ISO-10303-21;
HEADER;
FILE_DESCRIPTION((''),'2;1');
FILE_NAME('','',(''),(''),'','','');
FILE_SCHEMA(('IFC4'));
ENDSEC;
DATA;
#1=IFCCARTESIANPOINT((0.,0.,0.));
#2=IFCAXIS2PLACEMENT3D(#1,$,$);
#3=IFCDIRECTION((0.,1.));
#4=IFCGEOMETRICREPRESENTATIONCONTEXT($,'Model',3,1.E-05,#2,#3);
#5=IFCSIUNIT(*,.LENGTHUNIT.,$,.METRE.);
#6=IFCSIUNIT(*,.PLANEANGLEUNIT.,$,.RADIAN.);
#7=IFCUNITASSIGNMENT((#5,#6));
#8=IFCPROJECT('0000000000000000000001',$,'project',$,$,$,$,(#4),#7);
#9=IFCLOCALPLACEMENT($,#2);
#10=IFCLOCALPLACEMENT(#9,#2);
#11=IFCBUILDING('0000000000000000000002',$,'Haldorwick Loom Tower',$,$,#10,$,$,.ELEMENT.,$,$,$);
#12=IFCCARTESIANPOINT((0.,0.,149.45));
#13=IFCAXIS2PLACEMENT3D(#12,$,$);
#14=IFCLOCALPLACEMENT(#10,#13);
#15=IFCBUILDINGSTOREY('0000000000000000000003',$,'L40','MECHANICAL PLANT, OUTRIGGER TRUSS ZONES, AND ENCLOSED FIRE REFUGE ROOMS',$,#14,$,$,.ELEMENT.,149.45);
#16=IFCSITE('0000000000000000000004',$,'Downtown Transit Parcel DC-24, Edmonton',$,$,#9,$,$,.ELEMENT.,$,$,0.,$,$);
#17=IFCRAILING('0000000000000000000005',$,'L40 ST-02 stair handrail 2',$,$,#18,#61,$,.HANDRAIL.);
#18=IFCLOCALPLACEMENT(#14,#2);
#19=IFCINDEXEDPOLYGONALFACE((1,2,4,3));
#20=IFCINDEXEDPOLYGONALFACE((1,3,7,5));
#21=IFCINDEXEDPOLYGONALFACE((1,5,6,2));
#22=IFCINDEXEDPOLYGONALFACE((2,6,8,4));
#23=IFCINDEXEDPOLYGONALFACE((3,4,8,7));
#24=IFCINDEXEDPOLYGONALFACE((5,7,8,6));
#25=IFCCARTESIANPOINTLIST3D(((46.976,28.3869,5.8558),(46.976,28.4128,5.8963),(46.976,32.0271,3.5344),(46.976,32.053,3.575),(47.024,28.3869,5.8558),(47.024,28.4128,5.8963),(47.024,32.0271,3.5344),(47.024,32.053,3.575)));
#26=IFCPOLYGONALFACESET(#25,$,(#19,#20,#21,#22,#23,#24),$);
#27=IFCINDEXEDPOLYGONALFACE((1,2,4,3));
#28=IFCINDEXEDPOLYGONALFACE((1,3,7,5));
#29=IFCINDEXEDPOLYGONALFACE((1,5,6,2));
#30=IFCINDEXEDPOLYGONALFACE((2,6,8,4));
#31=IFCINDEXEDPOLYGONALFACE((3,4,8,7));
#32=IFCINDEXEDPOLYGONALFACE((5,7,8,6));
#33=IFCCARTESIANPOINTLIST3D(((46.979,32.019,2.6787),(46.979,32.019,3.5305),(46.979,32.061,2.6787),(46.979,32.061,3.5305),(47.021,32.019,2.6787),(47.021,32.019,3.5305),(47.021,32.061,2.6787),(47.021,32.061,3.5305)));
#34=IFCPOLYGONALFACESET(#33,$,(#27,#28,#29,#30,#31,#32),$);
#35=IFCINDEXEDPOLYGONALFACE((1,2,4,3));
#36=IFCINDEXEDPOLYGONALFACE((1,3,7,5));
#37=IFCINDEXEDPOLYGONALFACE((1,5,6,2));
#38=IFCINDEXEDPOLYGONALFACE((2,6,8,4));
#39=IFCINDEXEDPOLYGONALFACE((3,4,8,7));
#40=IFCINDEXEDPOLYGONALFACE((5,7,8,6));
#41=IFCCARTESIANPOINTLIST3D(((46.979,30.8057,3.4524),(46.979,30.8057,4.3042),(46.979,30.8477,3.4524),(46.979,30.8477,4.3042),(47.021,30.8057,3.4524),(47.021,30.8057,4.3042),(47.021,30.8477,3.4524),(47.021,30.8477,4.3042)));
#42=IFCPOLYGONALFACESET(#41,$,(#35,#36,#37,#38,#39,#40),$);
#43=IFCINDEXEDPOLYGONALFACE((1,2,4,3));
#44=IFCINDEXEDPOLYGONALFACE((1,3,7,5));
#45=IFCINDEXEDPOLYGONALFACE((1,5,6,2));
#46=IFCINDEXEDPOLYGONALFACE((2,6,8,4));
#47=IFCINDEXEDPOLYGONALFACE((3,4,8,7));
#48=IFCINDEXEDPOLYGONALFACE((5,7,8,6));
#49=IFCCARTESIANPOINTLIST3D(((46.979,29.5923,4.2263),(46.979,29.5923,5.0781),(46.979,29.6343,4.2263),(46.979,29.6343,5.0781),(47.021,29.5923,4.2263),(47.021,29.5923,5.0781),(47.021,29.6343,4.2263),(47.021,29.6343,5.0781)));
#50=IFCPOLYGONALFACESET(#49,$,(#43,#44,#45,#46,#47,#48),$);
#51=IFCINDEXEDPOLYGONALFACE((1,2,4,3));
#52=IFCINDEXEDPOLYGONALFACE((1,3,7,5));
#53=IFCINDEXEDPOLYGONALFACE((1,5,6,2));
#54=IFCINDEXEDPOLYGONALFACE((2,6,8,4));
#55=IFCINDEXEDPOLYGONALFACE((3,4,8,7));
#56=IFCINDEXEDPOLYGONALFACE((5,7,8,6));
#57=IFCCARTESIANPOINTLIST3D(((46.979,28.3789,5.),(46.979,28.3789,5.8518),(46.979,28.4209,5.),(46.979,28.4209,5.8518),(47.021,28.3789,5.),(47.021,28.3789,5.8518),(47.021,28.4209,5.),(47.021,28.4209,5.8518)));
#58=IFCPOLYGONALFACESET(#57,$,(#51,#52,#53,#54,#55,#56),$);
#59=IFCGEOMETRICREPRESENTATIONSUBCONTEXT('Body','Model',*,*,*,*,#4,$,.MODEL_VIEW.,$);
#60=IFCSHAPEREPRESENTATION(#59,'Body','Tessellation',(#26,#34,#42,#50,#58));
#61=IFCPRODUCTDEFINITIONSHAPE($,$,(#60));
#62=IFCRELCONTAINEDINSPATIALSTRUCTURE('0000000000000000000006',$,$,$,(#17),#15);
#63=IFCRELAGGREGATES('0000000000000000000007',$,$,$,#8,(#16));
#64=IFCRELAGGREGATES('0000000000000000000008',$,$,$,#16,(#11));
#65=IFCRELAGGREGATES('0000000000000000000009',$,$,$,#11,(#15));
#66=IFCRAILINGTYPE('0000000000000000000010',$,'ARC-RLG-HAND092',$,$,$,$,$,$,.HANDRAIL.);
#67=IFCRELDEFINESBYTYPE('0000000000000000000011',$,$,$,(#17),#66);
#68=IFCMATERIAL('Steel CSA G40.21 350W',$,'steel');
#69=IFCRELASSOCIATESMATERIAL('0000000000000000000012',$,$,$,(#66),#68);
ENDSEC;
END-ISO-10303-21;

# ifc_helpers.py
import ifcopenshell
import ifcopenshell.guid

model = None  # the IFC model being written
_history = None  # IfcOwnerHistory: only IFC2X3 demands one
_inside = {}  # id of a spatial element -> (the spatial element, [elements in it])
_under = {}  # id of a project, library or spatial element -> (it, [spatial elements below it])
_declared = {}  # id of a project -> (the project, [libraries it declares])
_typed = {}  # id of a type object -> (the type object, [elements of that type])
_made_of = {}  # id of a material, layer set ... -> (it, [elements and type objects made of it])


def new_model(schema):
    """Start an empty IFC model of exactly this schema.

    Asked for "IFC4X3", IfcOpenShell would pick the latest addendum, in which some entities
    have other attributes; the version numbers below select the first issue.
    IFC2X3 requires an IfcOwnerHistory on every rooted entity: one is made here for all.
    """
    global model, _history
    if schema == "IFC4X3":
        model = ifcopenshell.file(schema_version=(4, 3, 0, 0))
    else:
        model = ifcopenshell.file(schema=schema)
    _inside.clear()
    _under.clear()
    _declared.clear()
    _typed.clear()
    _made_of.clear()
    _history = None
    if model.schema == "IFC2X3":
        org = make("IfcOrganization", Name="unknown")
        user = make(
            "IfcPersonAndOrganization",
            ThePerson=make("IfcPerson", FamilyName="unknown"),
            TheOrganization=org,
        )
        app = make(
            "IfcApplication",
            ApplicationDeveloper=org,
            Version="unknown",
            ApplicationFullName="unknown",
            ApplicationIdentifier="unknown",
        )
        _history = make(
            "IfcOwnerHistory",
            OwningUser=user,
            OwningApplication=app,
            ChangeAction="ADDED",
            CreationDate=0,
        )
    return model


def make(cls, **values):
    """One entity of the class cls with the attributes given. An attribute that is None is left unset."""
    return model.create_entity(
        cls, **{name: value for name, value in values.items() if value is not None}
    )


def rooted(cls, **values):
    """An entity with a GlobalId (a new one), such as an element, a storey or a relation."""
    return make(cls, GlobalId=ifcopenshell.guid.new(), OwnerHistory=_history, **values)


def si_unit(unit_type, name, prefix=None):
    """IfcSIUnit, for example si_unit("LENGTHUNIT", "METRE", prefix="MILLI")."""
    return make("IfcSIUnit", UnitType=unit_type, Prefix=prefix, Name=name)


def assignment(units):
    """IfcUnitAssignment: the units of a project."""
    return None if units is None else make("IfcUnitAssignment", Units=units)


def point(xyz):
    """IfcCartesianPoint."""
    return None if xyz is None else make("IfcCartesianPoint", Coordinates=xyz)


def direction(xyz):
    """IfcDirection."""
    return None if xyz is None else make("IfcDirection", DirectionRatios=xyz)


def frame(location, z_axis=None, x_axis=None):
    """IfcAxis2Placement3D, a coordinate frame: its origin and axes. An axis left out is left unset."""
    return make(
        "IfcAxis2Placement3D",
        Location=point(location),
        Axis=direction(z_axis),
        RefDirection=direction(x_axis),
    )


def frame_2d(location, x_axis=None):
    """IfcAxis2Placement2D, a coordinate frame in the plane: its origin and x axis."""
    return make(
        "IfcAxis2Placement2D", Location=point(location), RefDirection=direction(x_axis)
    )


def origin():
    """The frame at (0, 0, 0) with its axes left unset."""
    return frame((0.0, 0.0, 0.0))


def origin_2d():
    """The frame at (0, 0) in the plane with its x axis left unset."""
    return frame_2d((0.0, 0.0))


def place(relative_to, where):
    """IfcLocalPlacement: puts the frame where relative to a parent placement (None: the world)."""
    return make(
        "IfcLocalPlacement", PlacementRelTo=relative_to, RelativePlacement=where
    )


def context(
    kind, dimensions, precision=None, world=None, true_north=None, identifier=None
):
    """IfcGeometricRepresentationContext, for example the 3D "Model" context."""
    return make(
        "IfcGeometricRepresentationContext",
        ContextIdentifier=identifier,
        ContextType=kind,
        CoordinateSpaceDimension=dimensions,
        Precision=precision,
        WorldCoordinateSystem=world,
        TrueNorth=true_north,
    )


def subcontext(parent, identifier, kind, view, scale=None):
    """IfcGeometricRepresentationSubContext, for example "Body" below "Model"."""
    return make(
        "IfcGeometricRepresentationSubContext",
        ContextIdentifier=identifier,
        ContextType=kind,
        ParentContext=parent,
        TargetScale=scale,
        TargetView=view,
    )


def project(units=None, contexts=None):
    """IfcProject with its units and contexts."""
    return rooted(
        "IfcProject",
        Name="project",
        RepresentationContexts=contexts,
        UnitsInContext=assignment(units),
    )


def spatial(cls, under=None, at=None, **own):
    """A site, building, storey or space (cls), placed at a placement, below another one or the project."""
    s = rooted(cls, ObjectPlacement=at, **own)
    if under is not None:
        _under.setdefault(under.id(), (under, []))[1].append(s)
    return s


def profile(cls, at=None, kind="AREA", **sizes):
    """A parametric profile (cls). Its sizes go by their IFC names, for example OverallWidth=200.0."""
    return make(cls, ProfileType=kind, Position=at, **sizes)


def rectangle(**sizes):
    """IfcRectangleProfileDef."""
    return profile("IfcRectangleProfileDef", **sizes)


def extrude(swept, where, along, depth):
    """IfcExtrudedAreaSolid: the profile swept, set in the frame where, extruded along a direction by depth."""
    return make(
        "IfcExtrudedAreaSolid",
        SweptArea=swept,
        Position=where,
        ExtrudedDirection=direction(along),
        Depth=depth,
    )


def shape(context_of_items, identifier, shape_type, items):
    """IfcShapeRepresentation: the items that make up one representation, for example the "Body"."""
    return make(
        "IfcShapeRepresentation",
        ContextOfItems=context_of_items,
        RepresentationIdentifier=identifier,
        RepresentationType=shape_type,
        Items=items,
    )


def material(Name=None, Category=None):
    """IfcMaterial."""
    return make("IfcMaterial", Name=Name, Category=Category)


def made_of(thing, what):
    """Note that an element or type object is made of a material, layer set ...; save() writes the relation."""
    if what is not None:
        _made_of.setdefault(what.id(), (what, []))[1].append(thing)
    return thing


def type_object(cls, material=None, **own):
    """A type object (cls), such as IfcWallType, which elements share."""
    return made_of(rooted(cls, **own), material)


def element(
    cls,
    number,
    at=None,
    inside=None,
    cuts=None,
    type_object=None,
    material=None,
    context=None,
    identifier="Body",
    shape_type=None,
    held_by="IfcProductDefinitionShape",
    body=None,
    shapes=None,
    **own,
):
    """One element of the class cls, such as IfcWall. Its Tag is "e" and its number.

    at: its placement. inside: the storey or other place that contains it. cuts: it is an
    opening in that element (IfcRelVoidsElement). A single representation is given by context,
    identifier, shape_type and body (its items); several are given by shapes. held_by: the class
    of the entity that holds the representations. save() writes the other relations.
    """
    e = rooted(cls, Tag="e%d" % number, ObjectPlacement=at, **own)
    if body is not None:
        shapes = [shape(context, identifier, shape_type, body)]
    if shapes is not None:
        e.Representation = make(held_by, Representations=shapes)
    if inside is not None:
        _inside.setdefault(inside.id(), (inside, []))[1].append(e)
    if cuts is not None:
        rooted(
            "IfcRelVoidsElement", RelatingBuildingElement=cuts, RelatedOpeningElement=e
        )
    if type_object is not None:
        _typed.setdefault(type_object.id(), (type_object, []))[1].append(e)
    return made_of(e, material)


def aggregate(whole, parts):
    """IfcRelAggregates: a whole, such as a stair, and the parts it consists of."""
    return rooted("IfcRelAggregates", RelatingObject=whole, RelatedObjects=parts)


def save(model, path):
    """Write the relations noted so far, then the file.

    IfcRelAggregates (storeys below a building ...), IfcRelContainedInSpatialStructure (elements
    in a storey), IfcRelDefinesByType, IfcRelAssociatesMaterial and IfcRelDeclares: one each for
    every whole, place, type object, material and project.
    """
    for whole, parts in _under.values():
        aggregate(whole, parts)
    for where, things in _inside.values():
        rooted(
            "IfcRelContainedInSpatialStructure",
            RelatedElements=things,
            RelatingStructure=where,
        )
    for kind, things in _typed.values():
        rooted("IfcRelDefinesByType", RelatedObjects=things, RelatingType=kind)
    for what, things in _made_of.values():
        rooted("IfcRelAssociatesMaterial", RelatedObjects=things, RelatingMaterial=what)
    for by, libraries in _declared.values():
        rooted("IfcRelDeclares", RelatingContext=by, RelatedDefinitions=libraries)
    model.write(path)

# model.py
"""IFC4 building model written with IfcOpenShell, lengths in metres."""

from ifc_helpers import new_model, si_unit, direction, frame, origin, origin_2d, place, context, subcontext, project, spatial, rectangle, extrude, material, type_object, element, save


model = new_model("IFC4")

# Units and contexts
model_context = context("Model", 3, precision=1e-05, world=origin(), true_north=direction((0.0, 1.0)))
body_context = subcontext(model_context, "Body", "Model", "MODEL_VIEW")
ifc_project = project(units=[si_unit("LENGTHUNIT", "METRE"), si_unit("PLANEANGLEUNIT", "RADIAN")], contexts=[model_context])

# Site, building, storey
site_placement = place(None, origin())
site = spatial("IfcSite", under=ifc_project, at=site_placement, Name="Downtown Transit Parcel DC-24, Edmonton", CompositionType="ELEMENT", RefElevation=0.0)
building_placement = place(site_placement, origin())
building = spatial("IfcBuilding", under=site, at=building_placement, Name="Haldorwick Loom Tower", CompositionType="ELEMENT")
storey_placement = place(building_placement, frame((0.0, 0.0, 149.45)))
storey = spatial("IfcBuildingStorey", under=building, at=storey_placement, Name="L40", Description="MECHANICAL PLANT, OUTRIGGER TRUSS ZONES, AND ENCLOSED FIRE REFUGE ROOMS", CompositionType="ELEMENT", Elevation=149.45)

# Shared definitions
ifc_material_1 = material(Name="Steel CSA G40.21 350W", Category="steel")

# Railing
railing_type_1 = type_object("IfcRailingType", Name="ARC-RLG-HAND092", PredefinedType="HANDRAIL", material=ifc_material_1)
railing_1_placement = place(storey_placement, frame((47.0, 32.04, 2.6787)))
element("IfcRailing", 1, at=railing_1_placement, inside=storey, type_object=railing_type_1, Name="L40 ST-02 stair handrail 2", PredefinedType="HANDRAIL", context=body_context, shape_type="SweptSolid", body=[
    extrude(rectangle(XDim=0.0481, YDim=0.0481, at=origin_2d()), frame((0.0, 0.0, 0.876), z_axis=(0.0, -0.843153, 0.537673), x_axis=(1.0, 0.0, 0.0)), (0.0, 0.0, 1.0), 4.3174),
    extrude(rectangle(XDim=0.042, YDim=0.042, at=origin_2d()), origin(), (0.0, 0.0, 1.0), 0.8518),
    extrude(rectangle(XDim=0.042, YDim=0.042, at=origin_2d()), frame((0.0, -1.2134, 0.7737)), (0.0, 0.0, 1.0), 0.8518),
    extrude(rectangle(XDim=0.042, YDim=0.042, at=origin_2d()), frame((0.0, -2.4268, 1.5476)), (0.0, 0.0, 1.0), 0.8518),
    extrude(rectangle(XDim=0.042, YDim=0.042, at=origin_2d()), frame((0.0, -3.6401, 2.3213)), (0.0, 0.0, 1.0), 0.8518),
])

save(model, "model.ifc")
